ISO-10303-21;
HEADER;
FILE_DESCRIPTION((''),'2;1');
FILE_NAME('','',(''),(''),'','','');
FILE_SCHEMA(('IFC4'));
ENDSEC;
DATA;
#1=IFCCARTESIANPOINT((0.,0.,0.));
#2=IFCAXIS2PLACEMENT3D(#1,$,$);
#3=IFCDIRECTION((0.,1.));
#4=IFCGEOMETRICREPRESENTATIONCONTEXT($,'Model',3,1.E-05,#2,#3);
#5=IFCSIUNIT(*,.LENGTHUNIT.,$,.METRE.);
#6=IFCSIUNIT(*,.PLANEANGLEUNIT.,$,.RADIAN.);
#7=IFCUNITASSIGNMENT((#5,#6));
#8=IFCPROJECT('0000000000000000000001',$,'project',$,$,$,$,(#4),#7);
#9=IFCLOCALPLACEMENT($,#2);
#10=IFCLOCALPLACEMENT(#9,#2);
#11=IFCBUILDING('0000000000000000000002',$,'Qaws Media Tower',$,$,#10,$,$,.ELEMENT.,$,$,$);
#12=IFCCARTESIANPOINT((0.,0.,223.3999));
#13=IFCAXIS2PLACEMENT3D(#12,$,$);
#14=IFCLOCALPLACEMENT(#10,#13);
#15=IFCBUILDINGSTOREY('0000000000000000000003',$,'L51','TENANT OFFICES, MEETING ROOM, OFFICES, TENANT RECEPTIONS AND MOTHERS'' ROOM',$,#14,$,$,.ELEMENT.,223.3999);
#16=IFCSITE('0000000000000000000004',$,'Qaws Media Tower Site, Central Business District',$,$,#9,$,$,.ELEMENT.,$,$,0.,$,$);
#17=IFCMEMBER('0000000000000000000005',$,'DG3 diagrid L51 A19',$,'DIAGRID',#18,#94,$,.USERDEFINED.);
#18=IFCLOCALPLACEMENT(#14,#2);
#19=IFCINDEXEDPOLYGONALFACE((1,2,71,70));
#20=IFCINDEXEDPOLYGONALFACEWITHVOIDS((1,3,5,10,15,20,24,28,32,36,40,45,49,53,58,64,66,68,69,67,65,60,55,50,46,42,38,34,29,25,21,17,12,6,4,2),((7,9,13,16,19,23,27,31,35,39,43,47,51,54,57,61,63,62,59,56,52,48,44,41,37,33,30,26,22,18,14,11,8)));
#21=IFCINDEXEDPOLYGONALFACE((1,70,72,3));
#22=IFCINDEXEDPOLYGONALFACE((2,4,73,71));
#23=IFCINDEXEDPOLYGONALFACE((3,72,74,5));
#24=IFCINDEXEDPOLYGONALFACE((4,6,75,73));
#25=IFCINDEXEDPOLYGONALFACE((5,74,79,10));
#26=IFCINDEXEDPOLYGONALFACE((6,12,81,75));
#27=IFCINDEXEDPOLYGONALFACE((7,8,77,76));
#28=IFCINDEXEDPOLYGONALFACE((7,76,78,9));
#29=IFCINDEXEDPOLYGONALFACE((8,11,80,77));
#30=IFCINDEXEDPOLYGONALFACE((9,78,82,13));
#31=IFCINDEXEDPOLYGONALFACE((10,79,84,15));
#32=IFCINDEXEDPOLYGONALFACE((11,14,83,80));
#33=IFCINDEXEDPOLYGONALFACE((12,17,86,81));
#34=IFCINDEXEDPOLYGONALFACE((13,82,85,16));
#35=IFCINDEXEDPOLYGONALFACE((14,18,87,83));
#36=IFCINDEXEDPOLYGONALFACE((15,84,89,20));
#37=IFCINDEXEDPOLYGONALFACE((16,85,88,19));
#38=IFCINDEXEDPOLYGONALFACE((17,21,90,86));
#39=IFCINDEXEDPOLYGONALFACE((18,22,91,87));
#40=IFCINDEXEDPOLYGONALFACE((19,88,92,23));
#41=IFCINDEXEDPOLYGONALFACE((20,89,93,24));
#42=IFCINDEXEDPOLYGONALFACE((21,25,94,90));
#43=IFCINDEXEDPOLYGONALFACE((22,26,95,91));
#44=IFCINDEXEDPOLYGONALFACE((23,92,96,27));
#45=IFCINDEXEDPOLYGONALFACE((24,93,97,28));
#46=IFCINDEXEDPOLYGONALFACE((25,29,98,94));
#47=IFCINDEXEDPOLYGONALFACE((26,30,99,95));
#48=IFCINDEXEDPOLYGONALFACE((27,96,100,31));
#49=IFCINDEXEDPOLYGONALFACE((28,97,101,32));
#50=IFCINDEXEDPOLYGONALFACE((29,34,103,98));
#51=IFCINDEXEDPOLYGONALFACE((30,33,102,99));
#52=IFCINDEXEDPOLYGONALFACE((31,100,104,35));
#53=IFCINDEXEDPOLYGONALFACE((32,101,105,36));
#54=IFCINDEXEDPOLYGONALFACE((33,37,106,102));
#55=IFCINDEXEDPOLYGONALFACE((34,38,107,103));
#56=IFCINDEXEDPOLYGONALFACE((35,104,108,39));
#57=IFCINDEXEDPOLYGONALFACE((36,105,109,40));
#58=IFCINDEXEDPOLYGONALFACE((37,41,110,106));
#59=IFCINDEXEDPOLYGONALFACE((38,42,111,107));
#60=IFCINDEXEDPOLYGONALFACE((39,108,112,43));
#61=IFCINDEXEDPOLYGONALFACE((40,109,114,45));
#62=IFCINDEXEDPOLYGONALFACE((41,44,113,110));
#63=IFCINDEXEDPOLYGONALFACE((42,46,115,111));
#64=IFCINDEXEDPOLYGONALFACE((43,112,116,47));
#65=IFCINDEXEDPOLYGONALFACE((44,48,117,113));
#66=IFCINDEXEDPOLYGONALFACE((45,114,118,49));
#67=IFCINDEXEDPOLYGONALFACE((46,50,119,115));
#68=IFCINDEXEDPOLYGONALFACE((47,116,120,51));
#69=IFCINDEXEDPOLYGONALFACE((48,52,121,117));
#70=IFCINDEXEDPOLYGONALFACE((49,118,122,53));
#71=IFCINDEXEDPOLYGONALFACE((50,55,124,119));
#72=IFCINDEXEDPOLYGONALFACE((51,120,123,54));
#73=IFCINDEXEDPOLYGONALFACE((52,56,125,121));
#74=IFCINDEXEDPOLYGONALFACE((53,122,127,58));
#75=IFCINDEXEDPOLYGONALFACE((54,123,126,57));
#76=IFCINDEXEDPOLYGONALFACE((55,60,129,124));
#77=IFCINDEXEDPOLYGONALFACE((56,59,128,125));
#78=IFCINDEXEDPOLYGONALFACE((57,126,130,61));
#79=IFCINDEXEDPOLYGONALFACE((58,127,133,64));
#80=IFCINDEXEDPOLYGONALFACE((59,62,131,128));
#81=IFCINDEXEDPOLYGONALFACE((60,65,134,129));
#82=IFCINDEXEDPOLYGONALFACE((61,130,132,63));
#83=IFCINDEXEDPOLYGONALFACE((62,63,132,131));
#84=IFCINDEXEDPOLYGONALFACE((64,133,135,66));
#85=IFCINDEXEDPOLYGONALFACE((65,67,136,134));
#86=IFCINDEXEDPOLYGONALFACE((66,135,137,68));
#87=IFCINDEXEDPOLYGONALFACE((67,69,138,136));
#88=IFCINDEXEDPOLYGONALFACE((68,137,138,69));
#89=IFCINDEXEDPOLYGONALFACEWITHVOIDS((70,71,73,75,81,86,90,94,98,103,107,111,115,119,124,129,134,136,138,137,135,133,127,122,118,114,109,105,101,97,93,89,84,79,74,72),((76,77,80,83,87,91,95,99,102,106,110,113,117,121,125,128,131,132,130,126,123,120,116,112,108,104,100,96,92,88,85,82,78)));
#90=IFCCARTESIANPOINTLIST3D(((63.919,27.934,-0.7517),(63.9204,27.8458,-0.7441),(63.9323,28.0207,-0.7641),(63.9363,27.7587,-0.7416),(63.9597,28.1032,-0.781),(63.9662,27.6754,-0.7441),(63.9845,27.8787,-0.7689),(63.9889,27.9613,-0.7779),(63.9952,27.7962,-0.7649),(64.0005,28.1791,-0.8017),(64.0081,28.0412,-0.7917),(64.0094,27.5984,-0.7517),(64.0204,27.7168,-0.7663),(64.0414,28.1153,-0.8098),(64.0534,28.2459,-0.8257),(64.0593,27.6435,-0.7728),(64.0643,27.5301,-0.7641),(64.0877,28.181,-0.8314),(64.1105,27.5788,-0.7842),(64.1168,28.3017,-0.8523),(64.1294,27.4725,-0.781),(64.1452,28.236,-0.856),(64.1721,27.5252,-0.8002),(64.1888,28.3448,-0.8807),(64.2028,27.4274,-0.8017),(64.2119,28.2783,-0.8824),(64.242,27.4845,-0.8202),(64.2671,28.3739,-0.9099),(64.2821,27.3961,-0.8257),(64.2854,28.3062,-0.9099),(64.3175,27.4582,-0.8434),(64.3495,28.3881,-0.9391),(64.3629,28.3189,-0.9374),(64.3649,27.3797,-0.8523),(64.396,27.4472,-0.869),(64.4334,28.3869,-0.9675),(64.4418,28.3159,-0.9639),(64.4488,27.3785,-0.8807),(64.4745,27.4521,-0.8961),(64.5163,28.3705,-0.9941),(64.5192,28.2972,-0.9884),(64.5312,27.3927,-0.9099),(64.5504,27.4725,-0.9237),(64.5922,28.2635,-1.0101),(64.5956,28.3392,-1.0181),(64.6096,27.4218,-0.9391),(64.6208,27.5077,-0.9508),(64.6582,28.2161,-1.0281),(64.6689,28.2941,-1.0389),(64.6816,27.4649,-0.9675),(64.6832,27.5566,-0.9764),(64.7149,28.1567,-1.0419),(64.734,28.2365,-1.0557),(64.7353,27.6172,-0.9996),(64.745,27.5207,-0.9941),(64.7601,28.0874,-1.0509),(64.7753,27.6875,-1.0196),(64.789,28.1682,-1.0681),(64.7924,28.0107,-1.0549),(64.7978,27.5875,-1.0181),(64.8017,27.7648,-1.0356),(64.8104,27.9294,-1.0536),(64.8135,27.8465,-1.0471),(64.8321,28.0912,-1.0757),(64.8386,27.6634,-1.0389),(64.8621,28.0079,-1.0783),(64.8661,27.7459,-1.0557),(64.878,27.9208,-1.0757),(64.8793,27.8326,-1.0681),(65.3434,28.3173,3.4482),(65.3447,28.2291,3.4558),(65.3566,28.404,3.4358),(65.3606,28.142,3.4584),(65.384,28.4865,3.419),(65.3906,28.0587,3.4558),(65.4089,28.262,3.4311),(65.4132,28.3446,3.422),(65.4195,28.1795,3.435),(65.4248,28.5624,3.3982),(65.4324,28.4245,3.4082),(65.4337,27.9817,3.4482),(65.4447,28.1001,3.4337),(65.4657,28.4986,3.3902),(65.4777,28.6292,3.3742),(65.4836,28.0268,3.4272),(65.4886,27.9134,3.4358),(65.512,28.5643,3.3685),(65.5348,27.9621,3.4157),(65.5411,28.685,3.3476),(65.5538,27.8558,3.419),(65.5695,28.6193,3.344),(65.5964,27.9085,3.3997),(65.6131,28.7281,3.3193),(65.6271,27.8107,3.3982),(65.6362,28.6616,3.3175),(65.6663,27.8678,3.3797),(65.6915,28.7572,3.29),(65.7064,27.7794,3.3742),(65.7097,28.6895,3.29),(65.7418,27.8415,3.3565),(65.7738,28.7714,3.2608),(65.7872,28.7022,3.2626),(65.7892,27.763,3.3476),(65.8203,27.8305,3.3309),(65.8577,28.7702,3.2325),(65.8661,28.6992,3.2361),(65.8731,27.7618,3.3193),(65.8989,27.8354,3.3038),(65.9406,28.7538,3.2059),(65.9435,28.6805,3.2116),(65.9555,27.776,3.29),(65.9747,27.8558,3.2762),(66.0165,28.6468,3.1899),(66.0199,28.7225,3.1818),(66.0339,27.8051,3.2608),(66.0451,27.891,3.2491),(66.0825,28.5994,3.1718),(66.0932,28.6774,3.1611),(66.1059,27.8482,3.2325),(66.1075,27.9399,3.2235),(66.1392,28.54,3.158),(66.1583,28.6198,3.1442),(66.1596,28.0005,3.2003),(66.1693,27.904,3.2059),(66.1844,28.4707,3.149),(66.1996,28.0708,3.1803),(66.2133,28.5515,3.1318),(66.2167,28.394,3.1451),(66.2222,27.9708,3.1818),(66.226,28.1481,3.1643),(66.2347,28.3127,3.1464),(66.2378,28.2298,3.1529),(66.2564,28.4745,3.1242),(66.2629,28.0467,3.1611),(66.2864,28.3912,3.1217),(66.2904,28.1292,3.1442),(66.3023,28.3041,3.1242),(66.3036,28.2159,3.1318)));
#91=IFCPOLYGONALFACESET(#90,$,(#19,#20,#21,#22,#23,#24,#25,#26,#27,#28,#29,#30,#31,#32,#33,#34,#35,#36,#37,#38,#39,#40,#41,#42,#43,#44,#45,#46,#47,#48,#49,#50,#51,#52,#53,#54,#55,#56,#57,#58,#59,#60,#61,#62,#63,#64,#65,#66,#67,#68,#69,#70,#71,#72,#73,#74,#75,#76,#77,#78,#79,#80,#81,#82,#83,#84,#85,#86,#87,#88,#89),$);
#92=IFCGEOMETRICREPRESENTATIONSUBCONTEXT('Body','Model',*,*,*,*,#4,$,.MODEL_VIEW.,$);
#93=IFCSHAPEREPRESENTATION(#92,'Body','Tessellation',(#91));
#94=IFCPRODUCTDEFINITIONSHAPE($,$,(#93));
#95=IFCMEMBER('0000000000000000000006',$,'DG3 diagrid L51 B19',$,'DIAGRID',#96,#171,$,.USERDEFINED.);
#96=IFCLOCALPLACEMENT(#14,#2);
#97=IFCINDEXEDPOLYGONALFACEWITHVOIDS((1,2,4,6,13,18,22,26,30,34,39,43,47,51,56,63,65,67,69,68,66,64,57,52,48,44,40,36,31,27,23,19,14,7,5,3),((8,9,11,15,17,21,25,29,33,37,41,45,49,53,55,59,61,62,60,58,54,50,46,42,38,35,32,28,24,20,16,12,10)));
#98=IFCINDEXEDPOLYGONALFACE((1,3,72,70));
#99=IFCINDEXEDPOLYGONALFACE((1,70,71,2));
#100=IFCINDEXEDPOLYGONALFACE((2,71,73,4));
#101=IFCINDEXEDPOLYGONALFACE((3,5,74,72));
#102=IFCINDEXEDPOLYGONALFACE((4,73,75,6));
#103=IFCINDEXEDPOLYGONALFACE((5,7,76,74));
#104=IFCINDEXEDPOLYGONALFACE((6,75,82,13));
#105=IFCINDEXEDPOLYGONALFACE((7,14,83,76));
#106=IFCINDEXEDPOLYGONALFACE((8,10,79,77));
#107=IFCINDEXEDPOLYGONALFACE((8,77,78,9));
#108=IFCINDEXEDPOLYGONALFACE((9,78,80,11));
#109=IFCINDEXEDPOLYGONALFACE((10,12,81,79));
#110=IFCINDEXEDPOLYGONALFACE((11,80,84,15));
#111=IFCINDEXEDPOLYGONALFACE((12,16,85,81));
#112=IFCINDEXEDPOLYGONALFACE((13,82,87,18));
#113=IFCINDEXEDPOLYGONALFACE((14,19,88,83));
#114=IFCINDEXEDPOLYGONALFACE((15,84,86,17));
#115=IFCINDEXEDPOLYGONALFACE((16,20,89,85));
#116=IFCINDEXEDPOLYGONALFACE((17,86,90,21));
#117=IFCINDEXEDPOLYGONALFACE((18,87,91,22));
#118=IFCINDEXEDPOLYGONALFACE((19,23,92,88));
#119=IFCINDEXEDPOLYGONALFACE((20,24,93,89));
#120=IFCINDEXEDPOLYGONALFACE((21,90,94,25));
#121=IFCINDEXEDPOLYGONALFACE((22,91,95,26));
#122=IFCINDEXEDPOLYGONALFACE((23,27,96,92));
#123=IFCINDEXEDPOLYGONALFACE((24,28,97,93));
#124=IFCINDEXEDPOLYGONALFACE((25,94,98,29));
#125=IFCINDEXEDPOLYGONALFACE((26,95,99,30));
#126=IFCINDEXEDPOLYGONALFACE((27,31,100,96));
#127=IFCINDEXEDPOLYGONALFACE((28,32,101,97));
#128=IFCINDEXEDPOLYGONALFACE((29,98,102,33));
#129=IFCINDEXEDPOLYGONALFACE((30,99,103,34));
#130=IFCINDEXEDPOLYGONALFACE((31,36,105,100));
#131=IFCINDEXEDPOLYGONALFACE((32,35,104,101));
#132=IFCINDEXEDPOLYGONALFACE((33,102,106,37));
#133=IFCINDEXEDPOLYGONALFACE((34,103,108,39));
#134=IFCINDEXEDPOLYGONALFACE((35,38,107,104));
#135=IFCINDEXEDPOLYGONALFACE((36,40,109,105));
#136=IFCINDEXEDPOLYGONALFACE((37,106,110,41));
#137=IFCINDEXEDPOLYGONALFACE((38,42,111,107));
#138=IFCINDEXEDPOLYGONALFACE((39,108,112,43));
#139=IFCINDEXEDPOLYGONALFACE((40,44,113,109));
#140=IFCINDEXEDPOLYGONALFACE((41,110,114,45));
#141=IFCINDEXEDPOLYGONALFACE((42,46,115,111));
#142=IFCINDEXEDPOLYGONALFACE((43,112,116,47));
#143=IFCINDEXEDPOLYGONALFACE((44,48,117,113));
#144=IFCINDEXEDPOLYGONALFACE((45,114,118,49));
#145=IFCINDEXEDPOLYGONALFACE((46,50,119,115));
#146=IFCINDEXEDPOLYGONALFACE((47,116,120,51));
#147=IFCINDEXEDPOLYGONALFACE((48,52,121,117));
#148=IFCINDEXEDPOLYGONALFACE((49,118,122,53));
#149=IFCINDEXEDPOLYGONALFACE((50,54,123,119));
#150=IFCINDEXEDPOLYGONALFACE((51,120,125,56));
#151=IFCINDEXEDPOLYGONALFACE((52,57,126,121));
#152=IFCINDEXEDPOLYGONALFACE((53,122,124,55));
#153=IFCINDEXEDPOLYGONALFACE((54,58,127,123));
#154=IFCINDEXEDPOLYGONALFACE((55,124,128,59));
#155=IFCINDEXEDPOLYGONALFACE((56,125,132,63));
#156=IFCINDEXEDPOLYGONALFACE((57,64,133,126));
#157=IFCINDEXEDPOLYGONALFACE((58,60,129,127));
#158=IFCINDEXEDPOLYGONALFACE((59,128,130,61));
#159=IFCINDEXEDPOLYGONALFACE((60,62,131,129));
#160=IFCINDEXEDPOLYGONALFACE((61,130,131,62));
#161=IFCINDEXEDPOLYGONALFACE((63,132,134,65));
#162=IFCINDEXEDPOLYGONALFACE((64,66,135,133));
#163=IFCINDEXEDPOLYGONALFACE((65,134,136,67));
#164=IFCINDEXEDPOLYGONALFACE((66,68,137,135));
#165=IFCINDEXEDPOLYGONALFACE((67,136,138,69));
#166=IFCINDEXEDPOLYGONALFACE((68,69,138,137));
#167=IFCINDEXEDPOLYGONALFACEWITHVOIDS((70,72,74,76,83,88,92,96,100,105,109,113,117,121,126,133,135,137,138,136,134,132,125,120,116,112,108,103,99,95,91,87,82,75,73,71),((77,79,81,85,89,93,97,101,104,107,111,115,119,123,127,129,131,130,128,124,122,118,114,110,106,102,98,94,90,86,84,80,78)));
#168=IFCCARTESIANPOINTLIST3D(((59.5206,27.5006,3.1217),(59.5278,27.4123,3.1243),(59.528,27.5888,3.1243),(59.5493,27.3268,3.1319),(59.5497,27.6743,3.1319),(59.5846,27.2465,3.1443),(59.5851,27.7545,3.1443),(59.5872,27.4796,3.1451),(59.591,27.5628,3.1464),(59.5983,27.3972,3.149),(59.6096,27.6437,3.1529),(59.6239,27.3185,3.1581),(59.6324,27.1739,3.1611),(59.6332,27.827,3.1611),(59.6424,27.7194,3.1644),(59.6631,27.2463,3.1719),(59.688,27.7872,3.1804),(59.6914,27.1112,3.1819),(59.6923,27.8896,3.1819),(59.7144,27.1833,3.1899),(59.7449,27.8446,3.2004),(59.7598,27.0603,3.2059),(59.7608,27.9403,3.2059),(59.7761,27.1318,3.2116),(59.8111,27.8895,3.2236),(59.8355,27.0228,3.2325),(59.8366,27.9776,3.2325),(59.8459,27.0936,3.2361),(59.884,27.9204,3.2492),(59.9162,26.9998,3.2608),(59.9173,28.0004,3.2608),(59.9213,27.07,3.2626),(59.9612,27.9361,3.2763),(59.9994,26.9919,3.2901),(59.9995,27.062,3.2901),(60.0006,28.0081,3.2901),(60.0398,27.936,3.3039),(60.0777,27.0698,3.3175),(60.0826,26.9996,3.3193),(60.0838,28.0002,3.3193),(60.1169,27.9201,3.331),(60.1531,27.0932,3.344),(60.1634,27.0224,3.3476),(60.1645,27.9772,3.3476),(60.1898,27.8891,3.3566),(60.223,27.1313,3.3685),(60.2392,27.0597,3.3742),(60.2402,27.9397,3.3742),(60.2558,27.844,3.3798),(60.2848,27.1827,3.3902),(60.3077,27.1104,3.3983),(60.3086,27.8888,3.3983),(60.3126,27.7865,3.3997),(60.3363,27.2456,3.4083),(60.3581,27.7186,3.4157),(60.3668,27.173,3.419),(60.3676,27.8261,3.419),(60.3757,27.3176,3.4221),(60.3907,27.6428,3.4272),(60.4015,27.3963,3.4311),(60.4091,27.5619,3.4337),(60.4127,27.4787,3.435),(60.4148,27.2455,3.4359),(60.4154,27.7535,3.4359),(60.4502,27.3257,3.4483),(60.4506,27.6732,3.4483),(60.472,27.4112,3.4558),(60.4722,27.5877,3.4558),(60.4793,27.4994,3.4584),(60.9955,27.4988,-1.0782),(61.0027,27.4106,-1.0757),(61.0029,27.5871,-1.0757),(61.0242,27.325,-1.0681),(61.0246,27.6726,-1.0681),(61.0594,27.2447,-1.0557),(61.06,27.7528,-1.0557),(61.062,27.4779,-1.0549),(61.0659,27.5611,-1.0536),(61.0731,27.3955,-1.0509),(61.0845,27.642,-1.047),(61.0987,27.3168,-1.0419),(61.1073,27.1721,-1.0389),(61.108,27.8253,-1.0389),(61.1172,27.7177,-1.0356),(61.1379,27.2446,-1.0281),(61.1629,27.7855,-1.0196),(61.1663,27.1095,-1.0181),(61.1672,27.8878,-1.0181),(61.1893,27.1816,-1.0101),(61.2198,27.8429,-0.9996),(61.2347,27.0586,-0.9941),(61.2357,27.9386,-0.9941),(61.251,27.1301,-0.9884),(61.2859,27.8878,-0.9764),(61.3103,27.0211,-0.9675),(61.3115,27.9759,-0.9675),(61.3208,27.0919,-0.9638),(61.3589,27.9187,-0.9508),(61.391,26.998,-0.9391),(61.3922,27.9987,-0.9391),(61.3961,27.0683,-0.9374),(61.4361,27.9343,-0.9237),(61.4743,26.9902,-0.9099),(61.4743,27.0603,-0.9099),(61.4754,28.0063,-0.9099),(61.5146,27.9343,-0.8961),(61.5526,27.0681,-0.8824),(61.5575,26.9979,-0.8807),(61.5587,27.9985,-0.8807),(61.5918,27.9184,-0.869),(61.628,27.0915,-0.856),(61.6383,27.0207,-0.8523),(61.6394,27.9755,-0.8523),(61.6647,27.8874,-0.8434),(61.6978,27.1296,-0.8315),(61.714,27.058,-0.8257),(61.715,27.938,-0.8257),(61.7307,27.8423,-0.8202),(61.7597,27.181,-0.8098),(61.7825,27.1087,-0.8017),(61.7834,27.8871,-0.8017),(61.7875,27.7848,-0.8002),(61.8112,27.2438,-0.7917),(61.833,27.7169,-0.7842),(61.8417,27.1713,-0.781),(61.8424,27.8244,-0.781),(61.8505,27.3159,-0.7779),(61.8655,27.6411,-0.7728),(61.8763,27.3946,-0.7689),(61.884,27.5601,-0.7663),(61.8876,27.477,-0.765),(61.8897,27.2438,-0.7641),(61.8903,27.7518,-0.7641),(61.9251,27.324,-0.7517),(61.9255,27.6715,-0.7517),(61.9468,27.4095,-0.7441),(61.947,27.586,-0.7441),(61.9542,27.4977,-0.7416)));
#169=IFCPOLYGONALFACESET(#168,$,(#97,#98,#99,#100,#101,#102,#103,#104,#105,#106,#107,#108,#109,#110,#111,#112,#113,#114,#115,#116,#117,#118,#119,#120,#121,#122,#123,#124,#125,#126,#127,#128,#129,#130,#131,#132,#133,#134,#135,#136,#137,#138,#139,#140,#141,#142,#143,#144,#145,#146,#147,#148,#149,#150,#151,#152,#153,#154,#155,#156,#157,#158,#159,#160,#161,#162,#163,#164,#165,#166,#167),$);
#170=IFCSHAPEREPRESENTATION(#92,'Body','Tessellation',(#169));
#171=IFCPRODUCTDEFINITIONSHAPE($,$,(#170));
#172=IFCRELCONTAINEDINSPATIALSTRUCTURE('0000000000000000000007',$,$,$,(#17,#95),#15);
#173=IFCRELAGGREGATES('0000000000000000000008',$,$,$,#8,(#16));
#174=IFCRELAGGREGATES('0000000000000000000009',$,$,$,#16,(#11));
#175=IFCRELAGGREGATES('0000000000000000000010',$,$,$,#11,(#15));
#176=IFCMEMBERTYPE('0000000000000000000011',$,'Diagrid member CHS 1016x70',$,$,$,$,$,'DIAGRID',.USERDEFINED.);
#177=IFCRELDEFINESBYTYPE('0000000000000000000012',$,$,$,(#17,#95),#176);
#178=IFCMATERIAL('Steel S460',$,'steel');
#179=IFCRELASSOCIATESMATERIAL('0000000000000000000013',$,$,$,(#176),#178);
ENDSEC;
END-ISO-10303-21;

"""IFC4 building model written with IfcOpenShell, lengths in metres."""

from ifc_helpers import new_model, si_unit, direction, frame, origin, origin_2d, place, context, subcontext, project, spatial, hollow_circle, extrude, material, material_profile, profile_set, type_object, element, save


model = new_model("IFC4")

# Units and contexts
model_context = context("Model", 3, precision=1e-05, world=origin(), true_north=direction((0.0, 1.0)))
body_context = subcontext(model_context, "Body", "Model", "MODEL_VIEW")
ifc_project = project(units=[si_unit("LENGTHUNIT", "METRE"), si_unit("PLANEANGLEUNIT", "RADIAN")], contexts=[model_context])

# Site, building, storey
site_placement = place(None, origin())
site = spatial("IfcSite", under=ifc_project, at=site_placement, Name="Qaws Media Tower Site, Central Business District", CompositionType="ELEMENT", RefElevation=0.0)
building_placement = place(site_placement, origin())
building = spatial("IfcBuilding", under=site, at=building_placement, Name="Qaws Media Tower", CompositionType="ELEMENT")
storey_placement = place(building_placement, frame((0.0, 0.0, 223.3999)))
storey = spatial("IfcBuildingStorey", under=building, at=storey_placement, Name="L51", Description="TENANT OFFICES, MEETING ROOM, OFFICES, TENANT RECEPTIONS AND MOTHERS' ROOM", CompositionType="ELEMENT", Elevation=223.3999)

# Members
ifc_material_1 = material(Name="Steel S460", Category="steel")
ifc_material_profile_1 = material_profile(ifc_material_1, hollow_circle(Radius=0.5081, WallThickness=0.0701, at=origin_2d()), Name="CHS 1016x70")
ifc_profile_set_1 = profile_set([ifc_material_profile_1], Name="Steel S460")
member_type_1 = type_object("IfcMemberType", Name="Diagrid member CHS 1016x70", ElementType="DIAGRID", PredefinedType="USERDEFINED", material=ifc_profile_set_1)
for number, where, z_axis, x_axis, name in (
    (1, (64.3992, 27.8833, -0.9099), (0.319969, 0.086107, 0.943507), (-0.259867, 0.965645, 0.0), "DG3 diagrid L51 A19"),
    (2, (61.4749, 27.4983, -0.9099), (-0.331325, 0.000384, 0.943517), (-0.001159, -0.999999, 0.0), "DG3 diagrid L51 B19"),
):
    element("IfcMember", number, at=place(storey_placement, frame(where, z_axis=z_axis, x_axis=x_axis)), inside=storey, type_object=member_type_1, Name=name, ObjectType="DIAGRID", PredefinedType="USERDEFINED", context=body_context, shape_type="SweptSolid", body=[
        extrude(hollow_circle(Radius=0.5081, WallThickness=0.0701, at=origin_2d()), origin(), (0.0, 0.0, 1.0), 4.4514),
    ])

save(model, "model.ifc")
